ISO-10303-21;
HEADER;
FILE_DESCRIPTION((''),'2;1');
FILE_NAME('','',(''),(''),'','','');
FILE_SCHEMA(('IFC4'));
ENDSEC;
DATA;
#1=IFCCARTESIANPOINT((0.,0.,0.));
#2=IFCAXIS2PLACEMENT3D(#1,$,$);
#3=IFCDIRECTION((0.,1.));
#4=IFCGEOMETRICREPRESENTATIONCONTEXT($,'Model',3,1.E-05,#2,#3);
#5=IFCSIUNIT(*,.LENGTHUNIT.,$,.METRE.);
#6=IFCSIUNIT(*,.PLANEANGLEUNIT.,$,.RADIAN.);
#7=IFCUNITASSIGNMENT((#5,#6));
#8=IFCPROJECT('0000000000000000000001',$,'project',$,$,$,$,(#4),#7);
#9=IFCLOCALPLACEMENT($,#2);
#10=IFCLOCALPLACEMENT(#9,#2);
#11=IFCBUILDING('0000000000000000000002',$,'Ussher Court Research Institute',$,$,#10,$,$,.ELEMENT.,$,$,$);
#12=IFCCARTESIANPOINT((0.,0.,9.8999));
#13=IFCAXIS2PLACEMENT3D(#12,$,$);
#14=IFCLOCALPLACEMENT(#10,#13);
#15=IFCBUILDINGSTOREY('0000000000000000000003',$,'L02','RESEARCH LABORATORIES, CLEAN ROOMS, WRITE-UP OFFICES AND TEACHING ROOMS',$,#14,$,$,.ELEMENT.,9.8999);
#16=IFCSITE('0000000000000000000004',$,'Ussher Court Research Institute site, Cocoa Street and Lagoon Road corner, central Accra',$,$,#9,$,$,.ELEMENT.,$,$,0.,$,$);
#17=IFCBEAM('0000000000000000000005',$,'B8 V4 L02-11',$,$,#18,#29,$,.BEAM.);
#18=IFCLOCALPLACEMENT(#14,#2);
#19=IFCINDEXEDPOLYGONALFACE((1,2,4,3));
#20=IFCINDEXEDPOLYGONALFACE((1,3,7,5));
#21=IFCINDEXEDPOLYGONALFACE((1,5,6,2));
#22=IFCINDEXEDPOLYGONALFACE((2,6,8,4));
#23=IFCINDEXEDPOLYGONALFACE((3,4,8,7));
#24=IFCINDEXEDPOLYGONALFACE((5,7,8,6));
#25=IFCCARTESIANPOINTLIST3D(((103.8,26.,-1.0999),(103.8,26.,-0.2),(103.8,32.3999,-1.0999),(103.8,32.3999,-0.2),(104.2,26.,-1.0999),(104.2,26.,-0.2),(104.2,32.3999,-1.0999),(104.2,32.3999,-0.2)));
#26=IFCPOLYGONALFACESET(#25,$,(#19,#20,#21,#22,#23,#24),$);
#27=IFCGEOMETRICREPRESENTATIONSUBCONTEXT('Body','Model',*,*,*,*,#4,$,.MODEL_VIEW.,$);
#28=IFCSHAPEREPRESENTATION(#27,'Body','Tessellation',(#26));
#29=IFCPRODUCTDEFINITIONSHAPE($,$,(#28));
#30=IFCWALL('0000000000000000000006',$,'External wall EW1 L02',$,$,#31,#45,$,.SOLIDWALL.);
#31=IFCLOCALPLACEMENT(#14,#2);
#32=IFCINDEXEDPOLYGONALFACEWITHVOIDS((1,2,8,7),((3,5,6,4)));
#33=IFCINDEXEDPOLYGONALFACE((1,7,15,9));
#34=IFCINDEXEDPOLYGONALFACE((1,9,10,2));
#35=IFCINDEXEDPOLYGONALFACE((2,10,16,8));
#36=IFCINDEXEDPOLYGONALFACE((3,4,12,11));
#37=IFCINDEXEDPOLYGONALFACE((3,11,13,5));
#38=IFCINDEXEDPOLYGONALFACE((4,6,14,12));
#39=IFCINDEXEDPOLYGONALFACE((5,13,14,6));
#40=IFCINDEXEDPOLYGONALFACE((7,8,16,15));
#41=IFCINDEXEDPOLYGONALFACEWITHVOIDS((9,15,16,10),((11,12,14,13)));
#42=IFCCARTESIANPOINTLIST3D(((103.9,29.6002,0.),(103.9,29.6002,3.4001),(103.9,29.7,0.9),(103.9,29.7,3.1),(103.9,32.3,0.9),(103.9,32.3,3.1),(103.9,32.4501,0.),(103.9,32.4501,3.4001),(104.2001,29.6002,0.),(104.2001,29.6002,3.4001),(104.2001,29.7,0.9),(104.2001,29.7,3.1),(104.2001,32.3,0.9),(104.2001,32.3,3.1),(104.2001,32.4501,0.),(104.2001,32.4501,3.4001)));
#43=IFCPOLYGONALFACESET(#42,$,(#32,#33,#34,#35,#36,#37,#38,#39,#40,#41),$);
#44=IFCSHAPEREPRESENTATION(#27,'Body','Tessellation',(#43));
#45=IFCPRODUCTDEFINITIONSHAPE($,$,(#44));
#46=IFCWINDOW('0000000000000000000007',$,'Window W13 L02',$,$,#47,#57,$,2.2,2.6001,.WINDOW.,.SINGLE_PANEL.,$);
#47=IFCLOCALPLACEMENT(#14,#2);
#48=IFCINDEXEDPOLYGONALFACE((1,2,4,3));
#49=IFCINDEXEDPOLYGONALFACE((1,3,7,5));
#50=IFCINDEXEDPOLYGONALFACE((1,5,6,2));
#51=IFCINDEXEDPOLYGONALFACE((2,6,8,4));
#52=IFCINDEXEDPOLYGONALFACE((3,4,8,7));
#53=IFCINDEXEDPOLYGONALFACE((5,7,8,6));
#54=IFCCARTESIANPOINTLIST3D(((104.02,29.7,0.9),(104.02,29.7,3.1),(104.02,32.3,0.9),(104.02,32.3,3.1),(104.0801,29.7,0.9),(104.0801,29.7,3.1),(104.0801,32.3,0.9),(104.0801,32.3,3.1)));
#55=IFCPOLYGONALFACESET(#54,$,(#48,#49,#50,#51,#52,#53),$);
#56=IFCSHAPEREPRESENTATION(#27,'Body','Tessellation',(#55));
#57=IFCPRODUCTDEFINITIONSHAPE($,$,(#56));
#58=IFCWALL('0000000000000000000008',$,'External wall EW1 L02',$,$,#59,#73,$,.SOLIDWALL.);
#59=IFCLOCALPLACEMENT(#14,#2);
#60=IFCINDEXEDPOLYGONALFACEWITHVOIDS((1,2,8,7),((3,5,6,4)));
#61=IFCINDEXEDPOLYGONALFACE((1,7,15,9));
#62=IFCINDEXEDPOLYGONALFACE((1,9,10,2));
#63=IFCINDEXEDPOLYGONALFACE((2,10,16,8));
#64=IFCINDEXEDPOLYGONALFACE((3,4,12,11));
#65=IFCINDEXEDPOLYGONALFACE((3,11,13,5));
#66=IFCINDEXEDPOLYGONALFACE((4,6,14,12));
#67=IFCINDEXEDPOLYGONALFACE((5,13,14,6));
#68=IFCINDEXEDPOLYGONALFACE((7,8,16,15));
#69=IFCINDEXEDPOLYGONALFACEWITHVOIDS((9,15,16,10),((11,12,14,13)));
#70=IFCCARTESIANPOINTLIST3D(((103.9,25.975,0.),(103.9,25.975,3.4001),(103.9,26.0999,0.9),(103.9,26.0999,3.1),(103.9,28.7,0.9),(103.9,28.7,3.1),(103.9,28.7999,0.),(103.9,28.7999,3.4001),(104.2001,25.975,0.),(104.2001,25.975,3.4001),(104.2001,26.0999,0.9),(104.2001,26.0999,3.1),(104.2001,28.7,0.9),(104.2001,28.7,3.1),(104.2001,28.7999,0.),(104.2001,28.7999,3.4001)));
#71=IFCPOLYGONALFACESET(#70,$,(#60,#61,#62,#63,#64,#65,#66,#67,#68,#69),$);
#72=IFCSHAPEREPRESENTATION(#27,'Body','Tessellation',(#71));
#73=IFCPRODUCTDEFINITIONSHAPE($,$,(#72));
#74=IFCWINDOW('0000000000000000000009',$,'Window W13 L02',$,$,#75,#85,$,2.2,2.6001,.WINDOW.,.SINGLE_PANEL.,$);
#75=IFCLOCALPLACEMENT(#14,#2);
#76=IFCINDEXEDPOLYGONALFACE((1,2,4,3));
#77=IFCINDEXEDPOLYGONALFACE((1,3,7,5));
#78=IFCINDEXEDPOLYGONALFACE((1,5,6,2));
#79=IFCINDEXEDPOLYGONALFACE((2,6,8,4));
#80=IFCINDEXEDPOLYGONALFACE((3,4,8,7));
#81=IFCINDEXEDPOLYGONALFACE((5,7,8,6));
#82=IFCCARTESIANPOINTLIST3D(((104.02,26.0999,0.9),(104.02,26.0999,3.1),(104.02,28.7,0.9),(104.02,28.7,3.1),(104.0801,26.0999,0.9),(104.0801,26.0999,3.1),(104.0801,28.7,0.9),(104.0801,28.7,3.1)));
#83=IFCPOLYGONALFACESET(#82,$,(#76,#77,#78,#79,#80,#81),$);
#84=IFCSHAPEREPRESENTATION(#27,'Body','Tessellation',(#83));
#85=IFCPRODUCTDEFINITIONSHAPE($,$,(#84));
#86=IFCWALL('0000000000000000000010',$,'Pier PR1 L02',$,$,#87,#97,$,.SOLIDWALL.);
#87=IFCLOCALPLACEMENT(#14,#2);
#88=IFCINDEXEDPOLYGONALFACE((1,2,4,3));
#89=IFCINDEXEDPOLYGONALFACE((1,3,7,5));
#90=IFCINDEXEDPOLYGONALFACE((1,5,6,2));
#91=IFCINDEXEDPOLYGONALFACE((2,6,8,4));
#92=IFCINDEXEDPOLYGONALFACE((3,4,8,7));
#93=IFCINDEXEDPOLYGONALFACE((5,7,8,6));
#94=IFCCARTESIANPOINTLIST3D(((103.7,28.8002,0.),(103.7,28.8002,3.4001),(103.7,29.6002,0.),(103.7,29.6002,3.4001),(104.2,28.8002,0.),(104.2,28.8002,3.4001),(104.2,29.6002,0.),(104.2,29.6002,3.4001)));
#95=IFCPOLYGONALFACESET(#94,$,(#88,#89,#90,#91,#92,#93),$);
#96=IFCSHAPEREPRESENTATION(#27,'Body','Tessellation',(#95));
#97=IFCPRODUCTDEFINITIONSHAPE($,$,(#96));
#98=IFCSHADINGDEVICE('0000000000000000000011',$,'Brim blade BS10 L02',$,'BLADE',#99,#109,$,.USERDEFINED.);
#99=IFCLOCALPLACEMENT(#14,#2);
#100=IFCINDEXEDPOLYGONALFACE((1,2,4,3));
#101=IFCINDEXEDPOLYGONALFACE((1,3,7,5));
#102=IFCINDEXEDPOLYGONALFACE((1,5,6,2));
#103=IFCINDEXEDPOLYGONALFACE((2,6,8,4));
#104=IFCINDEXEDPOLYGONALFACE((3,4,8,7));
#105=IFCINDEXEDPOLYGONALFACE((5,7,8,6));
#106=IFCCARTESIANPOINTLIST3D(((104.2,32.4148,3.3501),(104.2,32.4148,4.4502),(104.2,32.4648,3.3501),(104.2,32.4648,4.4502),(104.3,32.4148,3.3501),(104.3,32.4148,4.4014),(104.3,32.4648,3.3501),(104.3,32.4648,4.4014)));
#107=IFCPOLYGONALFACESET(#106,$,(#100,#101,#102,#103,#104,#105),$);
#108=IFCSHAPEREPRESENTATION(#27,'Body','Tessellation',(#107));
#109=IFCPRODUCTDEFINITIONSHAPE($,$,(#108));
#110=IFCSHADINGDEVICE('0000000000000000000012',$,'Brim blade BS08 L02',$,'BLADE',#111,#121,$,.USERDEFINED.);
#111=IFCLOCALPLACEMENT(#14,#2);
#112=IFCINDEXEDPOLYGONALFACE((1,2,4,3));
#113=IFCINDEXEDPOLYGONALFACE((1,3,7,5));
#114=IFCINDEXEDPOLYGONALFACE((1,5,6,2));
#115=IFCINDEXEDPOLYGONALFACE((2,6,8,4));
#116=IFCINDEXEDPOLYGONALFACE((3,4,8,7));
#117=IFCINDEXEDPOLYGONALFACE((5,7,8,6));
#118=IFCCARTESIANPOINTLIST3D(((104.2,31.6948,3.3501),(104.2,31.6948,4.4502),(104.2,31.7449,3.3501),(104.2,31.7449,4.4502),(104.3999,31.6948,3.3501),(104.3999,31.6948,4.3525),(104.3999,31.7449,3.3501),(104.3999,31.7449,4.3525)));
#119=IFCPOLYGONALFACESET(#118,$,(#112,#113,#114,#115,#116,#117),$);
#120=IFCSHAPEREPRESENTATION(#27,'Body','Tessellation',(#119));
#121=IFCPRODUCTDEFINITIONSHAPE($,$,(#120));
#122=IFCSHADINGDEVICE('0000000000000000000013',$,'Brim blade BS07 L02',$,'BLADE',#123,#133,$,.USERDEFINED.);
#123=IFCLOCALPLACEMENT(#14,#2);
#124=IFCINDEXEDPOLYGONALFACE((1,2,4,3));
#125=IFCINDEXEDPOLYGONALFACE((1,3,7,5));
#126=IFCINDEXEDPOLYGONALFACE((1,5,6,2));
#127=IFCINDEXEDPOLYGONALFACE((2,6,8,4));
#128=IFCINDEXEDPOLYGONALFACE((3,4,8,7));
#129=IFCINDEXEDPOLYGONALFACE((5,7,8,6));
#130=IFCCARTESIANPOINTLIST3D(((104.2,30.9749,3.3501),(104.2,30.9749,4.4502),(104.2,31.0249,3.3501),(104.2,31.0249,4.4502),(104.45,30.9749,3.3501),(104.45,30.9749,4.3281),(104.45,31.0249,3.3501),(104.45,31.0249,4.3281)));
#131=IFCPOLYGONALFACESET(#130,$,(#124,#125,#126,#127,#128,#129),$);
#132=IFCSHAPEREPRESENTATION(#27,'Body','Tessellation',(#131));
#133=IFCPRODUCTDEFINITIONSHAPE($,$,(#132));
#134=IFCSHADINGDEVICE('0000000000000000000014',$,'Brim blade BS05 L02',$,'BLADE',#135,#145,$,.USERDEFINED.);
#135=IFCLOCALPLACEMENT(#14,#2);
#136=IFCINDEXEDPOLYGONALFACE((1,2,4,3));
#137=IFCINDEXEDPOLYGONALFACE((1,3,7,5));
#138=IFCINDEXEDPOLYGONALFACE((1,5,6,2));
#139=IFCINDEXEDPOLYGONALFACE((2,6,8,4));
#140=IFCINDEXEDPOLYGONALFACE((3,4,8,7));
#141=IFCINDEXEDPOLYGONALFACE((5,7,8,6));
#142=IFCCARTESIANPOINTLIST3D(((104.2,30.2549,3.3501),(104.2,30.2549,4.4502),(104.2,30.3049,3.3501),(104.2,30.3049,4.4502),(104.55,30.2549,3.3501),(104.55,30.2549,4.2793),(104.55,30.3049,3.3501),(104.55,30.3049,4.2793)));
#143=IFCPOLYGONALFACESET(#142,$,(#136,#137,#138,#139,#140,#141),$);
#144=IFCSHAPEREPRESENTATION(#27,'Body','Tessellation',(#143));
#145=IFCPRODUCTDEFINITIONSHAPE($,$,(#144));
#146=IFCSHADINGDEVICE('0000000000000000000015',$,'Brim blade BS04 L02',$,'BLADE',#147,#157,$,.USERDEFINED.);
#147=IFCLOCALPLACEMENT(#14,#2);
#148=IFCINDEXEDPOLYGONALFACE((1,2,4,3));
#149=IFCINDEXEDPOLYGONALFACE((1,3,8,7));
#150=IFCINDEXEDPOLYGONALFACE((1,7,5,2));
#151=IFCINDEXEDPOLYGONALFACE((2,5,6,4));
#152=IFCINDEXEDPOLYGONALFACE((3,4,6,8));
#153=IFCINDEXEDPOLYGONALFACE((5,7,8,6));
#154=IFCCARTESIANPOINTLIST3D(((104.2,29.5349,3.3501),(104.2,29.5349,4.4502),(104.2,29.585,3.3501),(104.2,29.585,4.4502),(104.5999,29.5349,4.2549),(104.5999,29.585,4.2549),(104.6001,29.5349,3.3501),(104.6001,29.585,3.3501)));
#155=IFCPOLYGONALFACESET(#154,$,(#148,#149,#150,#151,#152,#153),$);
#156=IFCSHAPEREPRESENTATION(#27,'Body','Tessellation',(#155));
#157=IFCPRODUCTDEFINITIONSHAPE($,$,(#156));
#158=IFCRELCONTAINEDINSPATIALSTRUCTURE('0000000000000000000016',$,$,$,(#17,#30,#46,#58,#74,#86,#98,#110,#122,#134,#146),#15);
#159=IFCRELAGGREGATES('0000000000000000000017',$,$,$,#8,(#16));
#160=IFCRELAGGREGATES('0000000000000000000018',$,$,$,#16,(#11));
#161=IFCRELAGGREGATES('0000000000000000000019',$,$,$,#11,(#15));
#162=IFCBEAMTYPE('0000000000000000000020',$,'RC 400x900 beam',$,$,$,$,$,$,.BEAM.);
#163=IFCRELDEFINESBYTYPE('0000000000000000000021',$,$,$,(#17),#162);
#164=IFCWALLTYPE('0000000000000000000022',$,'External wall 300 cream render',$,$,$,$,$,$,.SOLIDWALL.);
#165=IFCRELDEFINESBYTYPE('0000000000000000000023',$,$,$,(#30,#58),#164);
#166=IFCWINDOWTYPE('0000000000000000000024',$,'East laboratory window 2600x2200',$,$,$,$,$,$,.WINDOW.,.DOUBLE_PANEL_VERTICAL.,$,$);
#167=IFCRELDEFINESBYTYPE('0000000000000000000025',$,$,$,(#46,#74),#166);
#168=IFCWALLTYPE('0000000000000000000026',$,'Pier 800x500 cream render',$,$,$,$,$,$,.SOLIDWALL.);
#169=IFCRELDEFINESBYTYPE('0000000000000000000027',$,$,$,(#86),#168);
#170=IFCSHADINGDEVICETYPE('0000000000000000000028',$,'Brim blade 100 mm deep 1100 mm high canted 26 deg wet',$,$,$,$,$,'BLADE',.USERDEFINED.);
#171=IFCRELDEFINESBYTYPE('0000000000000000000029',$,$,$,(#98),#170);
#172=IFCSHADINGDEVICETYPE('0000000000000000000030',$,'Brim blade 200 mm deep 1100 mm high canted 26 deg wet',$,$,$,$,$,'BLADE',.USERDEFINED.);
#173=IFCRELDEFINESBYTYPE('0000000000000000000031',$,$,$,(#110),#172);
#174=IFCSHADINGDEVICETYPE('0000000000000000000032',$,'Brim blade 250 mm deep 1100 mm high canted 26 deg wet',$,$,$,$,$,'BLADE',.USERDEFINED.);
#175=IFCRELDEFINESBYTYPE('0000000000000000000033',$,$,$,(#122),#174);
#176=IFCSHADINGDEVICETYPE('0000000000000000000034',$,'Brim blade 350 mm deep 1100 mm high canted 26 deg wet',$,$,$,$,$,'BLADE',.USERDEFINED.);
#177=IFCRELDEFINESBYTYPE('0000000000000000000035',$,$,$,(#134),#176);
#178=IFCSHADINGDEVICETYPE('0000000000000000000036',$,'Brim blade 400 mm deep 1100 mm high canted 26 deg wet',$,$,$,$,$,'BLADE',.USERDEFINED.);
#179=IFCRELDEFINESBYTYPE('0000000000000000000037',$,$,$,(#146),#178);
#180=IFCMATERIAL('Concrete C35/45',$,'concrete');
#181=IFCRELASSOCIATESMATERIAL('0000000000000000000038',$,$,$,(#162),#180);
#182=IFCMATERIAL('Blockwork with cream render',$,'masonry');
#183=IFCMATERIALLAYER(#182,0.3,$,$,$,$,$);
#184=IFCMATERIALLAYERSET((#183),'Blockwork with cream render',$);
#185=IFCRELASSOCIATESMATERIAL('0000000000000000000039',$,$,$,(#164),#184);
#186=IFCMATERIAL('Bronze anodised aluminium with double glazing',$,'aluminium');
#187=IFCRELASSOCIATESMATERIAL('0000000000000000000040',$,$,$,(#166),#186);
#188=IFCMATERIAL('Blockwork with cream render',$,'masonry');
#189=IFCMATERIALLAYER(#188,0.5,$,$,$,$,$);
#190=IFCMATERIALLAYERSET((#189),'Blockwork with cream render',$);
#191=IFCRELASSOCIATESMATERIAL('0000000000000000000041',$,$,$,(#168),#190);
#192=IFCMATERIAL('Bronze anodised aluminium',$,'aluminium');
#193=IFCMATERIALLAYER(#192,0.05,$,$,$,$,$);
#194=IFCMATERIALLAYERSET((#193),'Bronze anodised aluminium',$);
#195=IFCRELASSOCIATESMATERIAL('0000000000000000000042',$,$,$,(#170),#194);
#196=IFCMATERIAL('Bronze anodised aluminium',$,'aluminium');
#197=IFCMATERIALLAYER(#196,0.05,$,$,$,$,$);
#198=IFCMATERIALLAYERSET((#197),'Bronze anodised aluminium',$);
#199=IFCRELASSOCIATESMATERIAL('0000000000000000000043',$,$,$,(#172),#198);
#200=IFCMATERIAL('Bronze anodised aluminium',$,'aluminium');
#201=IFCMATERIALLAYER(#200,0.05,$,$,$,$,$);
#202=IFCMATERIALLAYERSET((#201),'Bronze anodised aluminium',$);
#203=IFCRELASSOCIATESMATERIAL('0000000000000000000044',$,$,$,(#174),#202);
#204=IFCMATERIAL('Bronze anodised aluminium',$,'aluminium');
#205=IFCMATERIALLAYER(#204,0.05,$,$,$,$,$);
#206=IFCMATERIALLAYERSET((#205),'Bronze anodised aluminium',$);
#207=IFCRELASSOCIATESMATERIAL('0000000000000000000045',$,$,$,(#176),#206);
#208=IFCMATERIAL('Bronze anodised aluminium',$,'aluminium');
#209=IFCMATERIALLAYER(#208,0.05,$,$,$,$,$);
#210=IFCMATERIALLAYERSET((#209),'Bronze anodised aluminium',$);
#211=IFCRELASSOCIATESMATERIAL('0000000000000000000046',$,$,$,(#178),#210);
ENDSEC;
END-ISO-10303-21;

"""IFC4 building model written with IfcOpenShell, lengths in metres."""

from ifc_helpers import new_model, si_unit, direction, frame, frame_2d, origin, origin_2d, place, context, subcontext, project, spatial, polyline, rectangle, outline, extrude, material, layer, layer_set, material_profile, profile_set, type_object, element, fill, save


model = new_model("IFC4")

# Units and contexts
model_context = context("Model", 3, precision=1e-05, world=origin(), true_north=direction((0.0, 1.0)))
body_context = subcontext(model_context, "Body", "Model", "MODEL_VIEW")
ifc_project = project(units=[si_unit("LENGTHUNIT", "METRE"), si_unit("PLANEANGLEUNIT", "RADIAN")], contexts=[model_context])

# Site, building, storey
site_placement = place(None, origin())
site = spatial("IfcSite", under=ifc_project, at=site_placement, Name="Ussher Court Research Institute site, Cocoa Street and Lagoon Road corner, central Accra", CompositionType="ELEMENT", RefElevation=0.0)
building_placement = place(site_placement, origin())
building = spatial("IfcBuilding", under=site, at=building_placement, Name="Ussher Court Research Institute", CompositionType="ELEMENT")
storey_placement = place(building_placement, frame((0.0, 0.0, 9.8999)))
storey = spatial("IfcBuildingStorey", under=building, at=storey_placement, Name="L02", Description="RESEARCH LABORATORIES, CLEAN ROOMS, WRITE-UP OFFICES AND TEACHING ROOMS", CompositionType="ELEMENT", Elevation=9.8999)

# Beam
ifc_material_1 = material(Name="Concrete C35/45", Category="concrete")
ifc_material_profile = material_profile(ifc_material_1, rectangle(XDim=0.3999, YDim=0.8999, at=origin_2d()), Name="RC 400x900")
ifc_profile_set = profile_set([ifc_material_profile], Name="Concrete C35/45")
beam_type = type_object("IfcBeamType", Name="RC 400x900 beam", PredefinedType="BEAM", material=ifc_profile_set)
beam_placement = place(storey_placement, frame((104.0, 26.0, -0.6499), z_axis=(0.0, 1.0, 0.0), x_axis=(-1.0, 0.0, 0.0)))
element("IfcBeam", 1, at=beam_placement, inside=storey, type_object=beam_type, Name="B8 V4 L02-11", PredefinedType="BEAM", context=body_context, shape_type="SweptSolid", body=[
    extrude(rectangle(XDim=0.3999, YDim=0.8999, at=origin_2d()), origin(), (0.0, 0.0, 1.0), 6.3999),
])

# Walls, openings, windows
ifc_material_2 = material(Name="Blockwork with cream render", Category="masonry")
ifc_layer_1 = layer(ifc_material_2, 0.3)
ifc_layer_set_1 = layer_set([ifc_layer_1], Name="Blockwork with cream render")
wall_type_1 = type_object("IfcWallType", Name="External wall 300 cream render", PredefinedType="SOLIDWALL", material=ifc_layer_set_1)
wall_1_placement = place(storey_placement, frame((104.05, 32.45, 0.0), z_axis=(0.0, 0.0, 1.0), x_axis=(0.0, -1.0, 0.0)))
wall_1 = element("IfcWall", 2, at=wall_1_placement, inside=storey, type_object=wall_type_1, Name="External wall EW1 L02", PredefinedType="SOLIDWALL", context=body_context, shape_type="SweptSolid", body=[
    extrude(rectangle(XDim=2.8499, YDim=0.3, at=frame_2d((1.4248, 0.0))), origin(), (0.0, 0.0, 1.0), 3.4001),
])
opening_1_placement = place(wall_1_placement, frame((0.1499, 0.0, 0.8999)))
opening_1 = element("IfcOpeningElement", 3, at=opening_1_placement, cuts=wall_1, PredefinedType="OPENING", context=body_context, shape_type="SweptSolid", body=[
    extrude(rectangle(XDim=2.6001, YDim=2.2, at=frame_2d((1.3, 1.1001))), frame((0.0, 0.1602, 0.0), z_axis=(0.0, -1.0, 0.0), x_axis=(1.0, 0.0, 0.0)), (0.0, 0.0, 1.0), 0.3201),
])
ifc_material_3 = material(Name="Bronze anodised aluminium with double glazing", Category="aluminium")
window_type = type_object("IfcWindowType", Name="East laboratory window 2600x2200", PartitioningType="DOUBLE_PANEL_VERTICAL", PredefinedType="WINDOW", material=ifc_material_3)
window_1_placement = place(opening_1_placement, origin())
window_1 = element("IfcWindow", 4, at=window_1_placement, inside=storey, type_object=window_type, Name="Window W13 L02", OverallHeight=2.2, OverallWidth=2.6001, PartitioningType="SINGLE_PANEL", PredefinedType="WINDOW", context=body_context, shape_type="SweptSolid", body=[
    extrude(rectangle(XDim=2.6001, YDim=2.2, at=frame_2d((1.3, 1.1001))), frame((0.0, 0.03, 0.0), z_axis=(0.0, -1.0, 0.0), x_axis=(1.0, 0.0, 0.0)), (0.0, 0.0, 1.0), 0.0601),
])
fill(opening_1, window_1)
wall_2_placement = place(storey_placement, frame((104.05, 28.8, 0.0), z_axis=(0.0, 0.0, 1.0), x_axis=(0.0, -1.0, 0.0)))
wall_2 = element("IfcWall", 5, at=wall_2_placement, inside=storey, type_object=wall_type_1, Name="External wall EW1 L02", PredefinedType="SOLIDWALL", context=body_context, shape_type="SweptSolid", body=[
    extrude(rectangle(XDim=2.825, YDim=0.3, at=frame_2d((1.4126, 0.0))), origin(), (0.0, 0.0, 1.0), 3.4001),
])
opening_2_placement = place(wall_2_placement, frame((0.1001, 0.0, 0.8999)))
opening_2 = element("IfcOpeningElement", 6, at=opening_2_placement, cuts=wall_2, PredefinedType="OPENING", context=body_context, shape_type="SweptSolid", body=[
    extrude(rectangle(XDim=2.6001, YDim=2.2, at=frame_2d((1.3, 1.1001))), frame((0.0, 0.1602, 0.0), z_axis=(0.0, -1.0, 0.0), x_axis=(1.0, 0.0, 0.0)), (0.0, 0.0, 1.0), 0.3201),
])
window_2_placement = place(opening_2_placement, origin())
window_2 = element("IfcWindow", 7, at=window_2_placement, inside=storey, type_object=window_type, Name="Window W13 L02", OverallHeight=2.2, OverallWidth=2.6001, PartitioningType="SINGLE_PANEL", PredefinedType="WINDOW", context=body_context, shape_type="SweptSolid", body=[
    extrude(rectangle(XDim=2.6001, YDim=2.2, at=frame_2d((1.3, 1.1001))), frame((0.0, 0.03, 0.0), z_axis=(0.0, -1.0, 0.0), x_axis=(1.0, 0.0, 0.0)), (0.0, 0.0, 1.0), 0.0601),
])
fill(opening_2, window_2)

# Wall
ifc_material_4 = material(Name="Blockwork with cream render", Category="masonry")
ifc_layer_2 = layer(ifc_material_4, 0.5)
ifc_layer_set_2 = layer_set([ifc_layer_2], Name="Blockwork with cream render")
wall_type_2 = type_object("IfcWallType", Name="Pier 800x500 cream render", PredefinedType="SOLIDWALL", material=ifc_layer_set_2)
wall_3_placement = place(storey_placement, frame((103.95, 29.6001, 0.0), z_axis=(0.0, 0.0, 1.0), x_axis=(0.0, -1.0, 0.0)))
element("IfcWall", 8, at=wall_3_placement, inside=storey, type_object=wall_type_2, Name="Pier PR1 L02", PredefinedType="SOLIDWALL", context=body_context, shape_type="SweptSolid", body=[
    extrude(rectangle(XDim=0.8, YDim=0.5, at=frame_2d((0.3999, 0.0))), origin(), (0.0, 0.0, 1.0), 3.4001),
])

# Shading devices
ifc_material_5 = material(Name="Bronze anodised aluminium", Category="aluminium")
ifc_layer_3 = layer(ifc_material_5, 0.05)
ifc_layer_set_3 = layer_set([ifc_layer_3], Name="Bronze anodised aluminium")
shading_device_type_1 = type_object("IfcShadingDeviceType", Name="Brim blade 100 mm deep 1100 mm high canted 26 deg wet", ElementType="BLADE", PredefinedType="USERDEFINED", material=ifc_layer_set_3)
shading_device_1_placement = place(storey_placement, frame((104.2, 32.4399, 3.3501), z_axis=(0.0, 0.0, 1.0), x_axis=(1.0, 0.0, 0.0)))
element("IfcShadingDevice", 9, at=shading_device_1_placement, inside=storey, type_object=shading_device_type_1, Name="Brim blade BS10 L02", ObjectType="BLADE", PredefinedType="USERDEFINED", context=body_context, shape_type="SweptSolid", body=[
    extrude(outline(polyline([(0.0, 0.0), (0.1001, 0.0), (0.1001, 1.0513), (0.0, 1.1001), (0.0, 0.0)])), frame((0.0, 0.0249, 0.0), z_axis=(0.0, -1.0, 0.0), x_axis=(1.0, 0.0, 0.0)), (0.0, 0.0, 1.0), 0.05),
])
ifc_material_6 = material(Name="Bronze anodised aluminium", Category="aluminium")
ifc_layer_4 = layer(ifc_material_6, 0.05)
ifc_layer_set_4 = layer_set([ifc_layer_4], Name="Bronze anodised aluminium")
shading_device_type_2 = type_object("IfcShadingDeviceType", Name="Brim blade 200 mm deep 1100 mm high canted 26 deg wet", ElementType="BLADE", PredefinedType="USERDEFINED", material=ifc_layer_set_4)
shading_device_2_placement = place(storey_placement, frame((104.2, 31.72, 3.3501), z_axis=(0.0, 0.0, 1.0), x_axis=(1.0, 0.0, 0.0)))
element("IfcShadingDevice", 10, at=shading_device_2_placement, inside=storey, type_object=shading_device_type_2, Name="Brim blade BS08 L02", ObjectType="BLADE", PredefinedType="USERDEFINED", context=body_context, shape_type="SweptSolid", body=[
    extrude(outline(polyline([(0.0, 0.0), (0.2, 0.0), (0.2, 1.0024), (0.0, 1.1001), (0.0, 0.0)])), frame((0.0, 0.0249, 0.0), z_axis=(0.0, -1.0, 0.0), x_axis=(1.0, 0.0, 0.0)), (0.0, 0.0, 1.0), 0.05),
])
ifc_material_7 = material(Name="Bronze anodised aluminium", Category="aluminium")
ifc_layer_5 = layer(ifc_material_7, 0.05)
ifc_layer_set_5 = layer_set([ifc_layer_5], Name="Bronze anodised aluminium")
shading_device_type_3 = type_object("IfcShadingDeviceType", Name="Brim blade 250 mm deep 1100 mm high canted 26 deg wet", ElementType="BLADE", PredefinedType="USERDEFINED", material=ifc_layer_set_5)
shading_device_3_placement = place(storey_placement, frame((104.2, 31.0, 3.3501), z_axis=(0.0, 0.0, 1.0), x_axis=(1.0, 0.0, 0.0)))
element("IfcShadingDevice", 11, at=shading_device_3_placement, inside=storey, type_object=shading_device_type_3, Name="Brim blade BS07 L02", ObjectType="BLADE", PredefinedType="USERDEFINED", context=body_context, shape_type="SweptSolid", body=[
    extrude(outline(polyline([(0.0, 0.0), (0.25, 0.0), (0.25, 0.978), (0.0, 1.1001), (0.0, 0.0)])), frame((0.0, 0.0249, 0.0), z_axis=(0.0, -1.0, 0.0), x_axis=(1.0, 0.0, 0.0)), (0.0, 0.0, 1.0), 0.05),
])
ifc_material_8 = material(Name="Bronze anodised aluminium", Category="aluminium")
ifc_layer_6 = layer(ifc_material_8, 0.05)
ifc_layer_set_6 = layer_set([ifc_layer_6], Name="Bronze anodised aluminium")
shading_device_type_4 = type_object("IfcShadingDeviceType", Name="Brim blade 350 mm deep 1100 mm high canted 26 deg wet", ElementType="BLADE", PredefinedType="USERDEFINED", material=ifc_layer_set_6)
shading_device_4_placement = place(storey_placement, frame((104.2, 30.28, 3.3501), z_axis=(0.0, 0.0, 1.0), x_axis=(1.0, 0.0, 0.0)))
element("IfcShadingDevice", 12, at=shading_device_4_placement, inside=storey, type_object=shading_device_type_4, Name="Brim blade BS05 L02", ObjectType="BLADE", PredefinedType="USERDEFINED", context=body_context, shape_type="SweptSolid", body=[
    extrude(outline(polyline([(0.0, 0.0), (0.3501, 0.0), (0.3501, 0.9292), (0.0, 1.1001), (0.0, 0.0)])), frame((0.0, 0.0249, 0.0), z_axis=(0.0, -1.0, 0.0), x_axis=(1.0, 0.0, 0.0)), (0.0, 0.0, 1.0), 0.05),
])
ifc_material_9 = material(Name="Bronze anodised aluminium", Category="aluminium")
ifc_layer_7 = layer(ifc_material_9, 0.05)
ifc_layer_set_7 = layer_set([ifc_layer_7], Name="Bronze anodised aluminium")
shading_device_type_5 = type_object("IfcShadingDeviceType", Name="Brim blade 400 mm deep 1100 mm high canted 26 deg wet", ElementType="BLADE", PredefinedType="USERDEFINED", material=ifc_layer_set_7)
shading_device_5_placement = place(storey_placement, frame((104.2, 29.5601, 3.3501), z_axis=(0.0, 0.0, 1.0), x_axis=(1.0, 0.0, 0.0)))
element("IfcShadingDevice", 13, at=shading_device_5_placement, inside=storey, type_object=shading_device_type_5, Name="Brim blade BS04 L02", ObjectType="BLADE", PredefinedType="USERDEFINED", context=body_context, shape_type="SweptSolid", body=[
    extrude(outline(polyline([(0.0, 0.0), (0.4001, 0.0), (0.3999, 0.9048), (0.0, 1.1001), (0.0, 0.0)])), frame((0.0, 0.0249, 0.0), z_axis=(0.0, -1.0, 0.0), x_axis=(1.0, 0.0, 0.0)), (0.0, 0.0, 1.0), 0.05),
])

save(model, "model.ifc")
